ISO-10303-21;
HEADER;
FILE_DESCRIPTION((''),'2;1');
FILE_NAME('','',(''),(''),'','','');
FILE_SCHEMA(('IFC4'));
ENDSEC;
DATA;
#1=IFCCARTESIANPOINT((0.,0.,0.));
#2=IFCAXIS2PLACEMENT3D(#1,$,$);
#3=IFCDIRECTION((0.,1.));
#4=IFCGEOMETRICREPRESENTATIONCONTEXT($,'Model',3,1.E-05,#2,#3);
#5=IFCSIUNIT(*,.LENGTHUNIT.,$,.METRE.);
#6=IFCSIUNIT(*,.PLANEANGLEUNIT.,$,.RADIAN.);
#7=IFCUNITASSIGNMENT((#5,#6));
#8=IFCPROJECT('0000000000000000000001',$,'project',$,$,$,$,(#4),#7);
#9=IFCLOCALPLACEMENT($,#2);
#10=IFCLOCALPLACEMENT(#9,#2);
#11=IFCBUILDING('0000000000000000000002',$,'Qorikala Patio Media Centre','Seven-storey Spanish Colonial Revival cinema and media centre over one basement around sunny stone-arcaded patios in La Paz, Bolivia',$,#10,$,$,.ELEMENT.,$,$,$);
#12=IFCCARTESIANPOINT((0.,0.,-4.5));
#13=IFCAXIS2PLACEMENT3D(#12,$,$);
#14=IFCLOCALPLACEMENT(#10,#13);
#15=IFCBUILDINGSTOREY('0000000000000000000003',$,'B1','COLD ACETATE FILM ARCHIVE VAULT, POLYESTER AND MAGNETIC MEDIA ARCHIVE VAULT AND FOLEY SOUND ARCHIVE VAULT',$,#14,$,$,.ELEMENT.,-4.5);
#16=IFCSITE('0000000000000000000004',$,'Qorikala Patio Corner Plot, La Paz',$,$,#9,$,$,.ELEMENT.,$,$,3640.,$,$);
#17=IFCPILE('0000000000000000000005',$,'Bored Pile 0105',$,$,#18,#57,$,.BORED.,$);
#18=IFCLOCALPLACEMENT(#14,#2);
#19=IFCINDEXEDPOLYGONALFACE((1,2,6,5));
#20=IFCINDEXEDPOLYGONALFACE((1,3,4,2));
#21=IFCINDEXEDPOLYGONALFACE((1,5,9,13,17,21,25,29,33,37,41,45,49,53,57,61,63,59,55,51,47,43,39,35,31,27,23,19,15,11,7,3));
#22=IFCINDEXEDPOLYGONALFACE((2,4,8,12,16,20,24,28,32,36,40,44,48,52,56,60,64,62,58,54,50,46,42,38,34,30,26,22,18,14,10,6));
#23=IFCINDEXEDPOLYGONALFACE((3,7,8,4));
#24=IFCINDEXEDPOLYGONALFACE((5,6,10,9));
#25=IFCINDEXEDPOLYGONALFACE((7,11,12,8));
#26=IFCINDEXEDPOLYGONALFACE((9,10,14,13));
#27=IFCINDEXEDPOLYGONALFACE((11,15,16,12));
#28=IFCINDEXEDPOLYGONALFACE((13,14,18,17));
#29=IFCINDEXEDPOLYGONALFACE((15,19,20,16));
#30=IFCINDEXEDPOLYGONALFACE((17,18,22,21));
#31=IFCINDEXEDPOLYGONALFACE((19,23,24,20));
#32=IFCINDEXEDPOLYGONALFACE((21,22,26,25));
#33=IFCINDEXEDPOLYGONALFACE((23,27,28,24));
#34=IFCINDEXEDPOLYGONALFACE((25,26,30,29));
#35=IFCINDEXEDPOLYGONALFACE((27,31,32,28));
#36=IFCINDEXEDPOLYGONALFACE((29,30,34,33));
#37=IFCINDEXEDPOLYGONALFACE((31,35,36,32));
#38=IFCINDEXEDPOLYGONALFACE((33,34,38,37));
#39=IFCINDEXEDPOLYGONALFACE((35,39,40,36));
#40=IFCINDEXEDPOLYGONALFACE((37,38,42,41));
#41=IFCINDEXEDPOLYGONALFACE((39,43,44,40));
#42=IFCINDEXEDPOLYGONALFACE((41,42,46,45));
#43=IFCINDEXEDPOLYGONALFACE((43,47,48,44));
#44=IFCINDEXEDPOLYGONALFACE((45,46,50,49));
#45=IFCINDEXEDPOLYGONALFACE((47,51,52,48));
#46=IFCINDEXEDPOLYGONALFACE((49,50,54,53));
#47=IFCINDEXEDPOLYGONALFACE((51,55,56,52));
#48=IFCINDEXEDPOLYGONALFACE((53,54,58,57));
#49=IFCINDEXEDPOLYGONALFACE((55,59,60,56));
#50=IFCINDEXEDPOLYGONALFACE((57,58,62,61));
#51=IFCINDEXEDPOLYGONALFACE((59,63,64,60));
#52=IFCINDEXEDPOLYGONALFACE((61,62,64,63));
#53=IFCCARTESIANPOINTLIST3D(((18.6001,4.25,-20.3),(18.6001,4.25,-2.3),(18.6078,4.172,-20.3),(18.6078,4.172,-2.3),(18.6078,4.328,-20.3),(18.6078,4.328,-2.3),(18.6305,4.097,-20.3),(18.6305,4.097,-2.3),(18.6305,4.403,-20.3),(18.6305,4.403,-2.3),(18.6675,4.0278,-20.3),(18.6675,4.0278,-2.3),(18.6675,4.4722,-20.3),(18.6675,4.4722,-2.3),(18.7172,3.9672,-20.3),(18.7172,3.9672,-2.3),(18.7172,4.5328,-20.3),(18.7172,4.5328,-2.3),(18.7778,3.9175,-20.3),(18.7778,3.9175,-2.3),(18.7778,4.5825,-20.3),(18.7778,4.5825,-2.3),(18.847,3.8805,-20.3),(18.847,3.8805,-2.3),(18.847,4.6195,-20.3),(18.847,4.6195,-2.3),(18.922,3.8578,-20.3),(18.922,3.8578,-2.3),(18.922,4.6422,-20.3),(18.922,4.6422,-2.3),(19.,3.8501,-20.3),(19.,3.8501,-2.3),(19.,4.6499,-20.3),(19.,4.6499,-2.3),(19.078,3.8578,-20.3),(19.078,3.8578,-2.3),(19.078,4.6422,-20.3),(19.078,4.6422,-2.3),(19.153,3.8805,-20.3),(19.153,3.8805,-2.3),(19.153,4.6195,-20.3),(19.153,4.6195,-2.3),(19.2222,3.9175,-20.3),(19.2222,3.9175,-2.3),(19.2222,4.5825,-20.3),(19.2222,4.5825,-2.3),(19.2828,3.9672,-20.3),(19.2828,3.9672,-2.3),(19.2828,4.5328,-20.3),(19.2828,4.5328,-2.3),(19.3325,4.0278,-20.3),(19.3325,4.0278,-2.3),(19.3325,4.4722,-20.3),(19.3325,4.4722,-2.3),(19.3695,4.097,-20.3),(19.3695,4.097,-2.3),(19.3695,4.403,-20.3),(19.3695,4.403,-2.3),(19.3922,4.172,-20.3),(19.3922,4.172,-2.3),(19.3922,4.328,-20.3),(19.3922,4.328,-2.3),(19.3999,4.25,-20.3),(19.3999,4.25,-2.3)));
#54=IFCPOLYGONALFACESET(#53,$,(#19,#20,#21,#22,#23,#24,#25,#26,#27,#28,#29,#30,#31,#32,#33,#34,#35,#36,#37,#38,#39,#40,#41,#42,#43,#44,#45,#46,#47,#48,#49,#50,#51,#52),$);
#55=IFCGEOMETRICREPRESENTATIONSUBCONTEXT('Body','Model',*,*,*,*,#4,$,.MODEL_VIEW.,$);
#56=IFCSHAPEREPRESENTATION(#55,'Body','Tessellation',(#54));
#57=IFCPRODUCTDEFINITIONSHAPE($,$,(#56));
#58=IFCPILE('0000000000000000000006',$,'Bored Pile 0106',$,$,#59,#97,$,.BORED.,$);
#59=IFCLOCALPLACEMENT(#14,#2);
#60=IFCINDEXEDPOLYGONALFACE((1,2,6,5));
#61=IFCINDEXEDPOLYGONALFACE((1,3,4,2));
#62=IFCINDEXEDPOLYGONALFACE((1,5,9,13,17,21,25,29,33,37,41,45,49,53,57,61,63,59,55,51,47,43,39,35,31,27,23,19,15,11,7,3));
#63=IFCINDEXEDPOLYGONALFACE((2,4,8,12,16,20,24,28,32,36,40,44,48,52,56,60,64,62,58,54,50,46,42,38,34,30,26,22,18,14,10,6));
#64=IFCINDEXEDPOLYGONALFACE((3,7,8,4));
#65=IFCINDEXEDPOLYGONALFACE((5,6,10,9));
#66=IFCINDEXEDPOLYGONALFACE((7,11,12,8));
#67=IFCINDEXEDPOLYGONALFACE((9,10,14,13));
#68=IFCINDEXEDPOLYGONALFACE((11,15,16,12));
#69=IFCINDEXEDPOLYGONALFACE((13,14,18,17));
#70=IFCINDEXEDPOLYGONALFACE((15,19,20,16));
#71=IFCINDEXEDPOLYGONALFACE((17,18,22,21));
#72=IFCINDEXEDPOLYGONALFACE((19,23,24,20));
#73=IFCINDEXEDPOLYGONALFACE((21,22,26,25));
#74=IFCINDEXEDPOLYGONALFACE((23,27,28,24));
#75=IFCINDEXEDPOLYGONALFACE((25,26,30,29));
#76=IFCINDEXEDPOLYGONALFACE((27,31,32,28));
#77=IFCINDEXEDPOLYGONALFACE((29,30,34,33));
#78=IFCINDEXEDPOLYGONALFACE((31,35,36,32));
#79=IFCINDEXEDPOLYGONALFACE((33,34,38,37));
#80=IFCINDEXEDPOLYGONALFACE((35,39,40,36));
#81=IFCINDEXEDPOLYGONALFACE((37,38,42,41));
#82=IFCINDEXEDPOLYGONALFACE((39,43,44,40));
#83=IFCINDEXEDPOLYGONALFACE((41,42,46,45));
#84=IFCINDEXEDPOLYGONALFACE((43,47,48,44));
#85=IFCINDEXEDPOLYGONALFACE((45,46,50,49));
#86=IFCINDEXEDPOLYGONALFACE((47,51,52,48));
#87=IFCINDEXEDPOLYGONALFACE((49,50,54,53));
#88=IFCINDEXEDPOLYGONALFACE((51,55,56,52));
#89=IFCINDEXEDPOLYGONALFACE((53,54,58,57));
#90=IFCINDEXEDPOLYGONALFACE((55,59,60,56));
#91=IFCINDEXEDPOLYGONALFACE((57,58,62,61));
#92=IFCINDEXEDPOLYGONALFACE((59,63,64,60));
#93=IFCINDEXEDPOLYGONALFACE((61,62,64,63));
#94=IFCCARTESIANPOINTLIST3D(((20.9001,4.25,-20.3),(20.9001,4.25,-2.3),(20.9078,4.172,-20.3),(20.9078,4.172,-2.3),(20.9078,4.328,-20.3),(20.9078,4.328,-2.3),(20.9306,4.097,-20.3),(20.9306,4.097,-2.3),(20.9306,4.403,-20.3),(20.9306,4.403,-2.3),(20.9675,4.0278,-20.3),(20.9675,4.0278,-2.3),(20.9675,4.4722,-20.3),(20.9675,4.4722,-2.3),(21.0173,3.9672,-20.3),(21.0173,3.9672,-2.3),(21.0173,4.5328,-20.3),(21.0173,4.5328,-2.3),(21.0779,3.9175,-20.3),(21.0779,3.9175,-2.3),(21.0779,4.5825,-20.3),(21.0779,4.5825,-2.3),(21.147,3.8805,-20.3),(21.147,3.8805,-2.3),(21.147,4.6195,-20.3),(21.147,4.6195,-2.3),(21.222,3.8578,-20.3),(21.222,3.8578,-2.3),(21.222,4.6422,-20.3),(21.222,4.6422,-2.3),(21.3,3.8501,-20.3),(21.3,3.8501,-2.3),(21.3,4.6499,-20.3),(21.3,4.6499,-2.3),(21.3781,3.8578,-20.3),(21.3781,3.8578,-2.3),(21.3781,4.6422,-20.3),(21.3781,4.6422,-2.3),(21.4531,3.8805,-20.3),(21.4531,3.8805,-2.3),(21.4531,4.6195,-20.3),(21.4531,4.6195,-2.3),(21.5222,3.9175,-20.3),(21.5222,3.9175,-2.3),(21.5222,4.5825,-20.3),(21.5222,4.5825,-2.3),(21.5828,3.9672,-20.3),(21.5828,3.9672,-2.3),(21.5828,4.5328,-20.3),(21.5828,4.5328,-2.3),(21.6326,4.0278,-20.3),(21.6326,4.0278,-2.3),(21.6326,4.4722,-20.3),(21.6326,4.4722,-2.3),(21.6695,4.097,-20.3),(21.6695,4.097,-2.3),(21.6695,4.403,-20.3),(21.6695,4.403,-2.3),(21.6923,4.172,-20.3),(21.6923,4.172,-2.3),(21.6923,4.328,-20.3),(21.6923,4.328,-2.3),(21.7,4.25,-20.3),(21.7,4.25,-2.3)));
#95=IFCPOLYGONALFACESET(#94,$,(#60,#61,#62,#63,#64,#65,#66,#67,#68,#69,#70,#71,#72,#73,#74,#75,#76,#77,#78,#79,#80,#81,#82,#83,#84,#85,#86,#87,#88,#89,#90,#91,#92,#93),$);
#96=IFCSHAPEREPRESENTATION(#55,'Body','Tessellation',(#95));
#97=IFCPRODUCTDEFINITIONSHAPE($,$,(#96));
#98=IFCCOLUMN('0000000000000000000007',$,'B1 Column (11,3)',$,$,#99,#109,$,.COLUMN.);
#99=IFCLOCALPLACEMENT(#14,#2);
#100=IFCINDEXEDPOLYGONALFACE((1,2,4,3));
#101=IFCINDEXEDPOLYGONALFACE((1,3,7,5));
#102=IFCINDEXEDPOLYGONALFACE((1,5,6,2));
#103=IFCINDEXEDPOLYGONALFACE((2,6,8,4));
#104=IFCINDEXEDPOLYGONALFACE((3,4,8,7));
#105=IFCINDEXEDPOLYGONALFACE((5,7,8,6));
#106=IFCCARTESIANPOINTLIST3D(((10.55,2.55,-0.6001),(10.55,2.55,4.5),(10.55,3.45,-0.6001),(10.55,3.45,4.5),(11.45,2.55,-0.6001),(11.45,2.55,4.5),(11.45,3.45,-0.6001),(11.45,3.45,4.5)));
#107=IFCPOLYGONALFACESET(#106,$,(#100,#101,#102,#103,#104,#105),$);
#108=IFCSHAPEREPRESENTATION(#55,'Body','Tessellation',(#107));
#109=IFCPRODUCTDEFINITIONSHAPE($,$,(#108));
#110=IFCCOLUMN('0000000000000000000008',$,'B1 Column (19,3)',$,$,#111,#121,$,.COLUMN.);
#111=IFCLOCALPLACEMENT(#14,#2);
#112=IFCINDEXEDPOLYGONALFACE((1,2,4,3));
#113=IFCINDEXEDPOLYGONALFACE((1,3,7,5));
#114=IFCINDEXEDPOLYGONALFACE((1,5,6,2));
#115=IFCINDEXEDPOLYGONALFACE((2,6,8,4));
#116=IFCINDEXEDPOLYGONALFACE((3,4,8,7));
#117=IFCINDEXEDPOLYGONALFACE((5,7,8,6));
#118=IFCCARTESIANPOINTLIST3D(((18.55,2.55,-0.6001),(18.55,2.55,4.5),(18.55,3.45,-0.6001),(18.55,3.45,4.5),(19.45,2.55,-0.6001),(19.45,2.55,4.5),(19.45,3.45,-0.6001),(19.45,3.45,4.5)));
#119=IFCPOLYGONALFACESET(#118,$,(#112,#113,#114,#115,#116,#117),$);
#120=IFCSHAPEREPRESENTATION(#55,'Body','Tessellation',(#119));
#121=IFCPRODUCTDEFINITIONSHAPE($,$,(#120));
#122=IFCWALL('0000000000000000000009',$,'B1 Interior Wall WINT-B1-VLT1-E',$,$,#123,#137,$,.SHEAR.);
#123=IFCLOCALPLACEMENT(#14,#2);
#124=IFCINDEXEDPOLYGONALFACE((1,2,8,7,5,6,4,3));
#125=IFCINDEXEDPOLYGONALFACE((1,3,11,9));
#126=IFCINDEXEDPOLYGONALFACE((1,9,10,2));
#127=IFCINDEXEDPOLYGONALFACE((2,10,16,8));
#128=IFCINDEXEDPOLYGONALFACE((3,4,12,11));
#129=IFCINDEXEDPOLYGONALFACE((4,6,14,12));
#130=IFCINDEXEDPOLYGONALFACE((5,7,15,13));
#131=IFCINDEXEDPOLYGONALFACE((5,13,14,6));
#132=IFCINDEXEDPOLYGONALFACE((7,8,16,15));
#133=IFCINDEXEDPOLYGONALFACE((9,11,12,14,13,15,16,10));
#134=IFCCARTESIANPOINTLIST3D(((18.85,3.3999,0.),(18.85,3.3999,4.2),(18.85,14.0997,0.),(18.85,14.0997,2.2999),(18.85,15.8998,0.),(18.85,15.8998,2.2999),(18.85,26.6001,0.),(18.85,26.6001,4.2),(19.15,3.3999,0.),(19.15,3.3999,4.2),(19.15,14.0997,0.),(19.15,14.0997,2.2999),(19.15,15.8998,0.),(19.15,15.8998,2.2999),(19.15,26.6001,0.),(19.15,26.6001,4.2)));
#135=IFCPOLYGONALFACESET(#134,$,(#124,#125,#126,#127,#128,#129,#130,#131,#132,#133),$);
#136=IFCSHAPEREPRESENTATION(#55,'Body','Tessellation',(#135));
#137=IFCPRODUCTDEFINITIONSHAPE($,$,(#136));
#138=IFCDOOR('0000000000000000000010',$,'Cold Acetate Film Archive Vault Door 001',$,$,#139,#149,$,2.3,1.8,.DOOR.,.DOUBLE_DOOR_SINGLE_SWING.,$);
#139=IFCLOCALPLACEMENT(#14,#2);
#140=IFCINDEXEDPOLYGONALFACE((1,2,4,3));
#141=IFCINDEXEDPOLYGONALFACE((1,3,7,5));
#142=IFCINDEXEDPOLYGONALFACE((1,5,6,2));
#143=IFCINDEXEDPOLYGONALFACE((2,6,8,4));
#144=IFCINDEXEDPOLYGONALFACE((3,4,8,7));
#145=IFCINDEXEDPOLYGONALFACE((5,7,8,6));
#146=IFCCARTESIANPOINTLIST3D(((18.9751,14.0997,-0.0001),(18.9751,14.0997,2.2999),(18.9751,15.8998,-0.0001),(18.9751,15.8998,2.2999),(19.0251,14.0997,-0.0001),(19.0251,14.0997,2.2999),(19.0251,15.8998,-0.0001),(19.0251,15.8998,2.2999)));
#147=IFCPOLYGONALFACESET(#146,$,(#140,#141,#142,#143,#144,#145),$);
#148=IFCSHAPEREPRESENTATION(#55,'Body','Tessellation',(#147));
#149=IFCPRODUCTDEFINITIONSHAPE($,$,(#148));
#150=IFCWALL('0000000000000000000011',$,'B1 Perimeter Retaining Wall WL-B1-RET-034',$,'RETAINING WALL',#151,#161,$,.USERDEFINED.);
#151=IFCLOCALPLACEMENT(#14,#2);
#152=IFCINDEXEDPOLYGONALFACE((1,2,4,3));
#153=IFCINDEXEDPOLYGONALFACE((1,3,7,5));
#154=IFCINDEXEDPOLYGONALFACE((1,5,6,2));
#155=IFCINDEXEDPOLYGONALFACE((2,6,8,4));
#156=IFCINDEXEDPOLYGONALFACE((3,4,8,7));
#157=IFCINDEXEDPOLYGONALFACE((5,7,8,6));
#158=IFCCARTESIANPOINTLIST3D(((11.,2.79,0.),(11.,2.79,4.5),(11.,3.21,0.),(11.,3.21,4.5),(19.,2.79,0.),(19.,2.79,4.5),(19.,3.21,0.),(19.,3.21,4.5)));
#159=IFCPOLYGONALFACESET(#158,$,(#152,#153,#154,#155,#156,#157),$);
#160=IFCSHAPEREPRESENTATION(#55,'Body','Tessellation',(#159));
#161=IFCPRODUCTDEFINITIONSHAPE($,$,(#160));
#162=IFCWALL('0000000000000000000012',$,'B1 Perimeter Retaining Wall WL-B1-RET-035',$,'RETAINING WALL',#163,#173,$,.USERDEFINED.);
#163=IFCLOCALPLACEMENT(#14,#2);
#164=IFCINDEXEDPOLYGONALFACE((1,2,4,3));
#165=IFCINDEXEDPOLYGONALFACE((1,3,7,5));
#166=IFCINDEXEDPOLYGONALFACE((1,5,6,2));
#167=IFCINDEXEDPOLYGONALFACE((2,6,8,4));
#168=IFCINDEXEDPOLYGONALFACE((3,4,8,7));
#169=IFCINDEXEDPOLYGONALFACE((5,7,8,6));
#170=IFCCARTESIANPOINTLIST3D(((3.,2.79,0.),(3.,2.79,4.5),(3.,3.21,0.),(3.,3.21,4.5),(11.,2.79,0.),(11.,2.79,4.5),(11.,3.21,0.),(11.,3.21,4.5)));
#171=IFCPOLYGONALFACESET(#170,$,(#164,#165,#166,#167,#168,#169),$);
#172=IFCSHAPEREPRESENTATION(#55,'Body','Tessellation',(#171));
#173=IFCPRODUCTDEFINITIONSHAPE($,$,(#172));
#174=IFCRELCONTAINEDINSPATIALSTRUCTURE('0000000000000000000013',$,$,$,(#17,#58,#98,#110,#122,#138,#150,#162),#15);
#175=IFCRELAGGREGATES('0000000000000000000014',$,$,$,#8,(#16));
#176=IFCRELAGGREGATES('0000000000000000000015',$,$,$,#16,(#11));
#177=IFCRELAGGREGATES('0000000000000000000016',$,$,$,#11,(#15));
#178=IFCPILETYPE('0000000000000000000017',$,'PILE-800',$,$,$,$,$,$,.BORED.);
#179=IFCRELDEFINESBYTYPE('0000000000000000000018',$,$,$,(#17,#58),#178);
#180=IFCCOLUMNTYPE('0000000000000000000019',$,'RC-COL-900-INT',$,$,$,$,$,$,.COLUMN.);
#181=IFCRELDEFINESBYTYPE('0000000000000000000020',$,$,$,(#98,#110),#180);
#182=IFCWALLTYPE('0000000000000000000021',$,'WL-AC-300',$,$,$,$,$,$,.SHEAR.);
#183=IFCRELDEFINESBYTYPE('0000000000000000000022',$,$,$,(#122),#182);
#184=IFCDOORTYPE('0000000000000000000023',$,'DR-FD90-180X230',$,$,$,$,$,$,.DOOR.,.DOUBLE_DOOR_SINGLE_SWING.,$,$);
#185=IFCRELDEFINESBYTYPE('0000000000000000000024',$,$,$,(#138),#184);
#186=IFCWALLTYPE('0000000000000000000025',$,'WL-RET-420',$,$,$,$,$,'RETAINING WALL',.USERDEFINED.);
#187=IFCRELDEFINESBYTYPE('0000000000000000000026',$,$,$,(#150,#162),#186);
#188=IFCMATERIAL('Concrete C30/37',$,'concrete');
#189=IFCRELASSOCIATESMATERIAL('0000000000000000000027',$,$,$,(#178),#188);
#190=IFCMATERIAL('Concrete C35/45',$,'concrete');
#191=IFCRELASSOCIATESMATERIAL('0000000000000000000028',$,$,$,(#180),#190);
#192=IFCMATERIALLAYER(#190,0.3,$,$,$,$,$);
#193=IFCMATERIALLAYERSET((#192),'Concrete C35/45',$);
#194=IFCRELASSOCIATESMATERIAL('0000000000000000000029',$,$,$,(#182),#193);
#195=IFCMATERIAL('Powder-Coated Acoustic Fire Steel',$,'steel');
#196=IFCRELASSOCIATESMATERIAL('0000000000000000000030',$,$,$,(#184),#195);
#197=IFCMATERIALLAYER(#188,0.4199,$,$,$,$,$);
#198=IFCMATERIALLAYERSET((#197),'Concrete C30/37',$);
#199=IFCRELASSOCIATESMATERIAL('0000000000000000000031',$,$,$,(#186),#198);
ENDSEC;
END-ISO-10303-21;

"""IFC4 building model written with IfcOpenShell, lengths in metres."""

from ifc_helpers import new_model, si_unit, direction, frame, frame_2d, origin, origin_2d, place, context, subcontext, project, spatial, rectangle, circle, extrude, material, layer, layer_set, material_profile, profile_set, type_object, element, fill, save


model = new_model("IFC4")

# Units and contexts
model_context = context("Model", 3, precision=1e-05, world=origin(), true_north=direction((0.0, 1.0)))
body_context = subcontext(model_context, "Body", "Model", "MODEL_VIEW")
ifc_project = project(units=[si_unit("LENGTHUNIT", "METRE"), si_unit("PLANEANGLEUNIT", "RADIAN")], contexts=[model_context])

# Site, building, storey
site_placement = place(None, origin())
site = spatial("IfcSite", under=ifc_project, at=site_placement, Name="Qorikala Patio Corner Plot, La Paz", CompositionType="ELEMENT", RefElevation=3640.0)
building_placement = place(site_placement, origin())
building = spatial("IfcBuilding", under=site, at=building_placement, Name="Qorikala Patio Media Centre", Description="Seven-storey Spanish Colonial Revival cinema and media centre over one basement around sunny stone-arcaded patios in La Paz, Bolivia", CompositionType="ELEMENT")
storey_placement = place(building_placement, frame((0.0, 0.0, -4.5)))
storey = spatial("IfcBuildingStorey", under=building, at=storey_placement, Name="B1", Description="COLD ACETATE FILM ARCHIVE VAULT, POLYESTER AND MAGNETIC MEDIA ARCHIVE VAULT AND FOLEY SOUND ARCHIVE VAULT", CompositionType="ELEMENT", Elevation=-4.5)

# Shared definitions
ifc_material_1 = material(Name="Concrete C30/37", Category="concrete")

# Piles
ifc_material_profile_1 = material_profile(ifc_material_1, circle(Radius=0.3999, at=origin_2d()), Name="BORED PILE 800")
ifc_profile_set_1 = profile_set([ifc_material_profile_1], Name="Concrete C30/37")
pile_type = type_object("IfcPileType", Name="PILE-800", PredefinedType="BORED", material=ifc_profile_set_1)
for number, where, z_axis, x_axis, name in (
    (1, (19.0, 4.25, -2.3), (0.0, 0.0, -1.0), (1.0, 0.0, 0.0), "Bored Pile 0105"),
    (2, (21.3, 4.25, -2.3), (0.0, 0.0, -1.0), (1.0, 0.0, 0.0), "Bored Pile 0106"),
):
    element("IfcPile", number, at=place(storey_placement, frame(where, z_axis=z_axis, x_axis=x_axis)), inside=storey, type_object=pile_type, Name=name, PredefinedType="BORED", context=body_context, shape_type="SweptSolid", body=[
        extrude(circle(Radius=0.3999, at=origin_2d()), origin(), (0.0, 0.0, 1.0), 18.0),
    ])

# Columns
ifc_material_2 = material(Name="Concrete C35/45", Category="concrete")
ifc_material_profile_2 = material_profile(ifc_material_2, rectangle(XDim=0.8999, YDim=0.8999, at=origin_2d()), Name="RC 900x900")
ifc_profile_set_2 = profile_set([ifc_material_profile_2], Name="Concrete C35/45")
column_type = type_object("IfcColumnType", Name="RC-COL-900-INT", PredefinedType="COLUMN", material=ifc_profile_set_2)
for number, where, z_axis, x_axis, name in (
    (3, (11.0, 3.0, -0.6001), (0.0, 0.0, 1.0), (1.0, 0.0, 0.0), "B1 Column (11,3)"),
    (4, (19.0, 3.0, -0.6001), (0.0, 0.0, 1.0), (1.0, 0.0, 0.0), "B1 Column (19,3)"),
):
    element("IfcColumn", number, at=place(storey_placement, frame(where, z_axis=z_axis, x_axis=x_axis)), inside=storey, type_object=column_type, Name=name, PredefinedType="COLUMN", context=body_context, shape_type="SweptSolid", body=[
        extrude(rectangle(XDim=0.8999, YDim=0.8999, at=origin_2d()), origin(), (0.0, 0.0, 1.0), 5.1001),
    ])

# Wall, opening, door
ifc_layer_1 = layer(ifc_material_2, 0.3)
ifc_layer_set_1 = layer_set([ifc_layer_1], Name="Concrete C35/45")
wall_type_1 = type_object("IfcWallType", Name="WL-AC-300", PredefinedType="SHEAR", material=ifc_layer_set_1)
wall_placement = place(storey_placement, frame((19.0, 3.3999, 0.0), z_axis=(0.0, 0.0, 1.0), x_axis=(0.0, 1.0, 0.0)))
wall = element("IfcWall", 5, at=wall_placement, inside=storey, type_object=wall_type_1, Name="B1 Interior Wall WINT-B1-VLT1-E", PredefinedType="SHEAR", context=body_context, shape_type="SweptSolid", body=[
    extrude(rectangle(XDim=23.2002, YDim=0.3, at=frame_2d((11.6001, 0.0))), origin(), (0.0, 0.0, 1.0), 4.2),
])
opening_placement = place(wall_placement, frame((10.7, 0.0, 0.0)))
opening = element("IfcOpeningElement", 6, at=opening_placement, cuts=wall, PredefinedType="OPENING", context=body_context, shape_type="SweptSolid", body=[
    extrude(rectangle(XDim=1.8, YDim=2.3, at=frame_2d((0.8999, 1.1499))), frame((0.0, 0.1599, 0.0), z_axis=(0.0, -1.0, 0.0), x_axis=(1.0, 0.0, 0.0)), (0.0, 0.0, 1.0), 0.3201),
])
ifc_material_3 = material(Name="Powder-Coated Acoustic Fire Steel", Category="steel")
door_type = type_object("IfcDoorType", Name="DR-FD90-180X230", OperationType="DOUBLE_DOOR_SINGLE_SWING", PredefinedType="DOOR", material=ifc_material_3)
door_placement = place(opening_placement, origin())
door = element("IfcDoor", 7, at=door_placement, inside=storey, type_object=door_type, Name="Cold Acetate Film Archive Vault Door 001", OperationType="DOUBLE_DOOR_SINGLE_SWING", OverallHeight=2.3, OverallWidth=1.8, PredefinedType="DOOR", context=body_context, shape_type="SweptSolid", body=[
    extrude(rectangle(XDim=1.8, YDim=2.3, at=frame_2d((0.8999, 1.1499))), frame((0.0, 0.0249, 0.0), z_axis=(0.0, -1.0, 0.0), x_axis=(1.0, 0.0, 0.0)), (0.0, 0.0, 1.0), 0.05),
])
fill(opening, door)

# Walls
ifc_layer_2 = layer(ifc_material_1, 0.4199)
ifc_layer_set_2 = layer_set([ifc_layer_2], Name="Concrete C30/37")
wall_type_2 = type_object("IfcWallType", Name="WL-RET-420", ElementType="RETAINING WALL", PredefinedType="USERDEFINED", material=ifc_layer_set_2)
for number, where, z_axis, x_axis, name in (
    (8, (19.0, 3.0, 0.0), (0.0, 0.0, 1.0), (-1.0, 0.0, 0.0), "B1 Perimeter Retaining Wall WL-B1-RET-034"),
    (9, (11.0, 3.0, 0.0), (0.0, 0.0, 1.0), (-1.0, 0.0, 0.0), "B1 Perimeter Retaining Wall WL-B1-RET-035"),
):
    element("IfcWall", number, at=place(storey_placement, frame(where, z_axis=z_axis, x_axis=x_axis)), inside=storey, type_object=wall_type_2, Name=name, ObjectType="RETAINING WALL", PredefinedType="USERDEFINED", context=body_context, shape_type="SweptSolid", body=[
        extrude(rectangle(XDim=8.0, YDim=0.4199, at=frame_2d((4.0, 0.0))), origin(), (0.0, 0.0, 1.0), 4.5),
    ])

save(model, "model.ifc")
